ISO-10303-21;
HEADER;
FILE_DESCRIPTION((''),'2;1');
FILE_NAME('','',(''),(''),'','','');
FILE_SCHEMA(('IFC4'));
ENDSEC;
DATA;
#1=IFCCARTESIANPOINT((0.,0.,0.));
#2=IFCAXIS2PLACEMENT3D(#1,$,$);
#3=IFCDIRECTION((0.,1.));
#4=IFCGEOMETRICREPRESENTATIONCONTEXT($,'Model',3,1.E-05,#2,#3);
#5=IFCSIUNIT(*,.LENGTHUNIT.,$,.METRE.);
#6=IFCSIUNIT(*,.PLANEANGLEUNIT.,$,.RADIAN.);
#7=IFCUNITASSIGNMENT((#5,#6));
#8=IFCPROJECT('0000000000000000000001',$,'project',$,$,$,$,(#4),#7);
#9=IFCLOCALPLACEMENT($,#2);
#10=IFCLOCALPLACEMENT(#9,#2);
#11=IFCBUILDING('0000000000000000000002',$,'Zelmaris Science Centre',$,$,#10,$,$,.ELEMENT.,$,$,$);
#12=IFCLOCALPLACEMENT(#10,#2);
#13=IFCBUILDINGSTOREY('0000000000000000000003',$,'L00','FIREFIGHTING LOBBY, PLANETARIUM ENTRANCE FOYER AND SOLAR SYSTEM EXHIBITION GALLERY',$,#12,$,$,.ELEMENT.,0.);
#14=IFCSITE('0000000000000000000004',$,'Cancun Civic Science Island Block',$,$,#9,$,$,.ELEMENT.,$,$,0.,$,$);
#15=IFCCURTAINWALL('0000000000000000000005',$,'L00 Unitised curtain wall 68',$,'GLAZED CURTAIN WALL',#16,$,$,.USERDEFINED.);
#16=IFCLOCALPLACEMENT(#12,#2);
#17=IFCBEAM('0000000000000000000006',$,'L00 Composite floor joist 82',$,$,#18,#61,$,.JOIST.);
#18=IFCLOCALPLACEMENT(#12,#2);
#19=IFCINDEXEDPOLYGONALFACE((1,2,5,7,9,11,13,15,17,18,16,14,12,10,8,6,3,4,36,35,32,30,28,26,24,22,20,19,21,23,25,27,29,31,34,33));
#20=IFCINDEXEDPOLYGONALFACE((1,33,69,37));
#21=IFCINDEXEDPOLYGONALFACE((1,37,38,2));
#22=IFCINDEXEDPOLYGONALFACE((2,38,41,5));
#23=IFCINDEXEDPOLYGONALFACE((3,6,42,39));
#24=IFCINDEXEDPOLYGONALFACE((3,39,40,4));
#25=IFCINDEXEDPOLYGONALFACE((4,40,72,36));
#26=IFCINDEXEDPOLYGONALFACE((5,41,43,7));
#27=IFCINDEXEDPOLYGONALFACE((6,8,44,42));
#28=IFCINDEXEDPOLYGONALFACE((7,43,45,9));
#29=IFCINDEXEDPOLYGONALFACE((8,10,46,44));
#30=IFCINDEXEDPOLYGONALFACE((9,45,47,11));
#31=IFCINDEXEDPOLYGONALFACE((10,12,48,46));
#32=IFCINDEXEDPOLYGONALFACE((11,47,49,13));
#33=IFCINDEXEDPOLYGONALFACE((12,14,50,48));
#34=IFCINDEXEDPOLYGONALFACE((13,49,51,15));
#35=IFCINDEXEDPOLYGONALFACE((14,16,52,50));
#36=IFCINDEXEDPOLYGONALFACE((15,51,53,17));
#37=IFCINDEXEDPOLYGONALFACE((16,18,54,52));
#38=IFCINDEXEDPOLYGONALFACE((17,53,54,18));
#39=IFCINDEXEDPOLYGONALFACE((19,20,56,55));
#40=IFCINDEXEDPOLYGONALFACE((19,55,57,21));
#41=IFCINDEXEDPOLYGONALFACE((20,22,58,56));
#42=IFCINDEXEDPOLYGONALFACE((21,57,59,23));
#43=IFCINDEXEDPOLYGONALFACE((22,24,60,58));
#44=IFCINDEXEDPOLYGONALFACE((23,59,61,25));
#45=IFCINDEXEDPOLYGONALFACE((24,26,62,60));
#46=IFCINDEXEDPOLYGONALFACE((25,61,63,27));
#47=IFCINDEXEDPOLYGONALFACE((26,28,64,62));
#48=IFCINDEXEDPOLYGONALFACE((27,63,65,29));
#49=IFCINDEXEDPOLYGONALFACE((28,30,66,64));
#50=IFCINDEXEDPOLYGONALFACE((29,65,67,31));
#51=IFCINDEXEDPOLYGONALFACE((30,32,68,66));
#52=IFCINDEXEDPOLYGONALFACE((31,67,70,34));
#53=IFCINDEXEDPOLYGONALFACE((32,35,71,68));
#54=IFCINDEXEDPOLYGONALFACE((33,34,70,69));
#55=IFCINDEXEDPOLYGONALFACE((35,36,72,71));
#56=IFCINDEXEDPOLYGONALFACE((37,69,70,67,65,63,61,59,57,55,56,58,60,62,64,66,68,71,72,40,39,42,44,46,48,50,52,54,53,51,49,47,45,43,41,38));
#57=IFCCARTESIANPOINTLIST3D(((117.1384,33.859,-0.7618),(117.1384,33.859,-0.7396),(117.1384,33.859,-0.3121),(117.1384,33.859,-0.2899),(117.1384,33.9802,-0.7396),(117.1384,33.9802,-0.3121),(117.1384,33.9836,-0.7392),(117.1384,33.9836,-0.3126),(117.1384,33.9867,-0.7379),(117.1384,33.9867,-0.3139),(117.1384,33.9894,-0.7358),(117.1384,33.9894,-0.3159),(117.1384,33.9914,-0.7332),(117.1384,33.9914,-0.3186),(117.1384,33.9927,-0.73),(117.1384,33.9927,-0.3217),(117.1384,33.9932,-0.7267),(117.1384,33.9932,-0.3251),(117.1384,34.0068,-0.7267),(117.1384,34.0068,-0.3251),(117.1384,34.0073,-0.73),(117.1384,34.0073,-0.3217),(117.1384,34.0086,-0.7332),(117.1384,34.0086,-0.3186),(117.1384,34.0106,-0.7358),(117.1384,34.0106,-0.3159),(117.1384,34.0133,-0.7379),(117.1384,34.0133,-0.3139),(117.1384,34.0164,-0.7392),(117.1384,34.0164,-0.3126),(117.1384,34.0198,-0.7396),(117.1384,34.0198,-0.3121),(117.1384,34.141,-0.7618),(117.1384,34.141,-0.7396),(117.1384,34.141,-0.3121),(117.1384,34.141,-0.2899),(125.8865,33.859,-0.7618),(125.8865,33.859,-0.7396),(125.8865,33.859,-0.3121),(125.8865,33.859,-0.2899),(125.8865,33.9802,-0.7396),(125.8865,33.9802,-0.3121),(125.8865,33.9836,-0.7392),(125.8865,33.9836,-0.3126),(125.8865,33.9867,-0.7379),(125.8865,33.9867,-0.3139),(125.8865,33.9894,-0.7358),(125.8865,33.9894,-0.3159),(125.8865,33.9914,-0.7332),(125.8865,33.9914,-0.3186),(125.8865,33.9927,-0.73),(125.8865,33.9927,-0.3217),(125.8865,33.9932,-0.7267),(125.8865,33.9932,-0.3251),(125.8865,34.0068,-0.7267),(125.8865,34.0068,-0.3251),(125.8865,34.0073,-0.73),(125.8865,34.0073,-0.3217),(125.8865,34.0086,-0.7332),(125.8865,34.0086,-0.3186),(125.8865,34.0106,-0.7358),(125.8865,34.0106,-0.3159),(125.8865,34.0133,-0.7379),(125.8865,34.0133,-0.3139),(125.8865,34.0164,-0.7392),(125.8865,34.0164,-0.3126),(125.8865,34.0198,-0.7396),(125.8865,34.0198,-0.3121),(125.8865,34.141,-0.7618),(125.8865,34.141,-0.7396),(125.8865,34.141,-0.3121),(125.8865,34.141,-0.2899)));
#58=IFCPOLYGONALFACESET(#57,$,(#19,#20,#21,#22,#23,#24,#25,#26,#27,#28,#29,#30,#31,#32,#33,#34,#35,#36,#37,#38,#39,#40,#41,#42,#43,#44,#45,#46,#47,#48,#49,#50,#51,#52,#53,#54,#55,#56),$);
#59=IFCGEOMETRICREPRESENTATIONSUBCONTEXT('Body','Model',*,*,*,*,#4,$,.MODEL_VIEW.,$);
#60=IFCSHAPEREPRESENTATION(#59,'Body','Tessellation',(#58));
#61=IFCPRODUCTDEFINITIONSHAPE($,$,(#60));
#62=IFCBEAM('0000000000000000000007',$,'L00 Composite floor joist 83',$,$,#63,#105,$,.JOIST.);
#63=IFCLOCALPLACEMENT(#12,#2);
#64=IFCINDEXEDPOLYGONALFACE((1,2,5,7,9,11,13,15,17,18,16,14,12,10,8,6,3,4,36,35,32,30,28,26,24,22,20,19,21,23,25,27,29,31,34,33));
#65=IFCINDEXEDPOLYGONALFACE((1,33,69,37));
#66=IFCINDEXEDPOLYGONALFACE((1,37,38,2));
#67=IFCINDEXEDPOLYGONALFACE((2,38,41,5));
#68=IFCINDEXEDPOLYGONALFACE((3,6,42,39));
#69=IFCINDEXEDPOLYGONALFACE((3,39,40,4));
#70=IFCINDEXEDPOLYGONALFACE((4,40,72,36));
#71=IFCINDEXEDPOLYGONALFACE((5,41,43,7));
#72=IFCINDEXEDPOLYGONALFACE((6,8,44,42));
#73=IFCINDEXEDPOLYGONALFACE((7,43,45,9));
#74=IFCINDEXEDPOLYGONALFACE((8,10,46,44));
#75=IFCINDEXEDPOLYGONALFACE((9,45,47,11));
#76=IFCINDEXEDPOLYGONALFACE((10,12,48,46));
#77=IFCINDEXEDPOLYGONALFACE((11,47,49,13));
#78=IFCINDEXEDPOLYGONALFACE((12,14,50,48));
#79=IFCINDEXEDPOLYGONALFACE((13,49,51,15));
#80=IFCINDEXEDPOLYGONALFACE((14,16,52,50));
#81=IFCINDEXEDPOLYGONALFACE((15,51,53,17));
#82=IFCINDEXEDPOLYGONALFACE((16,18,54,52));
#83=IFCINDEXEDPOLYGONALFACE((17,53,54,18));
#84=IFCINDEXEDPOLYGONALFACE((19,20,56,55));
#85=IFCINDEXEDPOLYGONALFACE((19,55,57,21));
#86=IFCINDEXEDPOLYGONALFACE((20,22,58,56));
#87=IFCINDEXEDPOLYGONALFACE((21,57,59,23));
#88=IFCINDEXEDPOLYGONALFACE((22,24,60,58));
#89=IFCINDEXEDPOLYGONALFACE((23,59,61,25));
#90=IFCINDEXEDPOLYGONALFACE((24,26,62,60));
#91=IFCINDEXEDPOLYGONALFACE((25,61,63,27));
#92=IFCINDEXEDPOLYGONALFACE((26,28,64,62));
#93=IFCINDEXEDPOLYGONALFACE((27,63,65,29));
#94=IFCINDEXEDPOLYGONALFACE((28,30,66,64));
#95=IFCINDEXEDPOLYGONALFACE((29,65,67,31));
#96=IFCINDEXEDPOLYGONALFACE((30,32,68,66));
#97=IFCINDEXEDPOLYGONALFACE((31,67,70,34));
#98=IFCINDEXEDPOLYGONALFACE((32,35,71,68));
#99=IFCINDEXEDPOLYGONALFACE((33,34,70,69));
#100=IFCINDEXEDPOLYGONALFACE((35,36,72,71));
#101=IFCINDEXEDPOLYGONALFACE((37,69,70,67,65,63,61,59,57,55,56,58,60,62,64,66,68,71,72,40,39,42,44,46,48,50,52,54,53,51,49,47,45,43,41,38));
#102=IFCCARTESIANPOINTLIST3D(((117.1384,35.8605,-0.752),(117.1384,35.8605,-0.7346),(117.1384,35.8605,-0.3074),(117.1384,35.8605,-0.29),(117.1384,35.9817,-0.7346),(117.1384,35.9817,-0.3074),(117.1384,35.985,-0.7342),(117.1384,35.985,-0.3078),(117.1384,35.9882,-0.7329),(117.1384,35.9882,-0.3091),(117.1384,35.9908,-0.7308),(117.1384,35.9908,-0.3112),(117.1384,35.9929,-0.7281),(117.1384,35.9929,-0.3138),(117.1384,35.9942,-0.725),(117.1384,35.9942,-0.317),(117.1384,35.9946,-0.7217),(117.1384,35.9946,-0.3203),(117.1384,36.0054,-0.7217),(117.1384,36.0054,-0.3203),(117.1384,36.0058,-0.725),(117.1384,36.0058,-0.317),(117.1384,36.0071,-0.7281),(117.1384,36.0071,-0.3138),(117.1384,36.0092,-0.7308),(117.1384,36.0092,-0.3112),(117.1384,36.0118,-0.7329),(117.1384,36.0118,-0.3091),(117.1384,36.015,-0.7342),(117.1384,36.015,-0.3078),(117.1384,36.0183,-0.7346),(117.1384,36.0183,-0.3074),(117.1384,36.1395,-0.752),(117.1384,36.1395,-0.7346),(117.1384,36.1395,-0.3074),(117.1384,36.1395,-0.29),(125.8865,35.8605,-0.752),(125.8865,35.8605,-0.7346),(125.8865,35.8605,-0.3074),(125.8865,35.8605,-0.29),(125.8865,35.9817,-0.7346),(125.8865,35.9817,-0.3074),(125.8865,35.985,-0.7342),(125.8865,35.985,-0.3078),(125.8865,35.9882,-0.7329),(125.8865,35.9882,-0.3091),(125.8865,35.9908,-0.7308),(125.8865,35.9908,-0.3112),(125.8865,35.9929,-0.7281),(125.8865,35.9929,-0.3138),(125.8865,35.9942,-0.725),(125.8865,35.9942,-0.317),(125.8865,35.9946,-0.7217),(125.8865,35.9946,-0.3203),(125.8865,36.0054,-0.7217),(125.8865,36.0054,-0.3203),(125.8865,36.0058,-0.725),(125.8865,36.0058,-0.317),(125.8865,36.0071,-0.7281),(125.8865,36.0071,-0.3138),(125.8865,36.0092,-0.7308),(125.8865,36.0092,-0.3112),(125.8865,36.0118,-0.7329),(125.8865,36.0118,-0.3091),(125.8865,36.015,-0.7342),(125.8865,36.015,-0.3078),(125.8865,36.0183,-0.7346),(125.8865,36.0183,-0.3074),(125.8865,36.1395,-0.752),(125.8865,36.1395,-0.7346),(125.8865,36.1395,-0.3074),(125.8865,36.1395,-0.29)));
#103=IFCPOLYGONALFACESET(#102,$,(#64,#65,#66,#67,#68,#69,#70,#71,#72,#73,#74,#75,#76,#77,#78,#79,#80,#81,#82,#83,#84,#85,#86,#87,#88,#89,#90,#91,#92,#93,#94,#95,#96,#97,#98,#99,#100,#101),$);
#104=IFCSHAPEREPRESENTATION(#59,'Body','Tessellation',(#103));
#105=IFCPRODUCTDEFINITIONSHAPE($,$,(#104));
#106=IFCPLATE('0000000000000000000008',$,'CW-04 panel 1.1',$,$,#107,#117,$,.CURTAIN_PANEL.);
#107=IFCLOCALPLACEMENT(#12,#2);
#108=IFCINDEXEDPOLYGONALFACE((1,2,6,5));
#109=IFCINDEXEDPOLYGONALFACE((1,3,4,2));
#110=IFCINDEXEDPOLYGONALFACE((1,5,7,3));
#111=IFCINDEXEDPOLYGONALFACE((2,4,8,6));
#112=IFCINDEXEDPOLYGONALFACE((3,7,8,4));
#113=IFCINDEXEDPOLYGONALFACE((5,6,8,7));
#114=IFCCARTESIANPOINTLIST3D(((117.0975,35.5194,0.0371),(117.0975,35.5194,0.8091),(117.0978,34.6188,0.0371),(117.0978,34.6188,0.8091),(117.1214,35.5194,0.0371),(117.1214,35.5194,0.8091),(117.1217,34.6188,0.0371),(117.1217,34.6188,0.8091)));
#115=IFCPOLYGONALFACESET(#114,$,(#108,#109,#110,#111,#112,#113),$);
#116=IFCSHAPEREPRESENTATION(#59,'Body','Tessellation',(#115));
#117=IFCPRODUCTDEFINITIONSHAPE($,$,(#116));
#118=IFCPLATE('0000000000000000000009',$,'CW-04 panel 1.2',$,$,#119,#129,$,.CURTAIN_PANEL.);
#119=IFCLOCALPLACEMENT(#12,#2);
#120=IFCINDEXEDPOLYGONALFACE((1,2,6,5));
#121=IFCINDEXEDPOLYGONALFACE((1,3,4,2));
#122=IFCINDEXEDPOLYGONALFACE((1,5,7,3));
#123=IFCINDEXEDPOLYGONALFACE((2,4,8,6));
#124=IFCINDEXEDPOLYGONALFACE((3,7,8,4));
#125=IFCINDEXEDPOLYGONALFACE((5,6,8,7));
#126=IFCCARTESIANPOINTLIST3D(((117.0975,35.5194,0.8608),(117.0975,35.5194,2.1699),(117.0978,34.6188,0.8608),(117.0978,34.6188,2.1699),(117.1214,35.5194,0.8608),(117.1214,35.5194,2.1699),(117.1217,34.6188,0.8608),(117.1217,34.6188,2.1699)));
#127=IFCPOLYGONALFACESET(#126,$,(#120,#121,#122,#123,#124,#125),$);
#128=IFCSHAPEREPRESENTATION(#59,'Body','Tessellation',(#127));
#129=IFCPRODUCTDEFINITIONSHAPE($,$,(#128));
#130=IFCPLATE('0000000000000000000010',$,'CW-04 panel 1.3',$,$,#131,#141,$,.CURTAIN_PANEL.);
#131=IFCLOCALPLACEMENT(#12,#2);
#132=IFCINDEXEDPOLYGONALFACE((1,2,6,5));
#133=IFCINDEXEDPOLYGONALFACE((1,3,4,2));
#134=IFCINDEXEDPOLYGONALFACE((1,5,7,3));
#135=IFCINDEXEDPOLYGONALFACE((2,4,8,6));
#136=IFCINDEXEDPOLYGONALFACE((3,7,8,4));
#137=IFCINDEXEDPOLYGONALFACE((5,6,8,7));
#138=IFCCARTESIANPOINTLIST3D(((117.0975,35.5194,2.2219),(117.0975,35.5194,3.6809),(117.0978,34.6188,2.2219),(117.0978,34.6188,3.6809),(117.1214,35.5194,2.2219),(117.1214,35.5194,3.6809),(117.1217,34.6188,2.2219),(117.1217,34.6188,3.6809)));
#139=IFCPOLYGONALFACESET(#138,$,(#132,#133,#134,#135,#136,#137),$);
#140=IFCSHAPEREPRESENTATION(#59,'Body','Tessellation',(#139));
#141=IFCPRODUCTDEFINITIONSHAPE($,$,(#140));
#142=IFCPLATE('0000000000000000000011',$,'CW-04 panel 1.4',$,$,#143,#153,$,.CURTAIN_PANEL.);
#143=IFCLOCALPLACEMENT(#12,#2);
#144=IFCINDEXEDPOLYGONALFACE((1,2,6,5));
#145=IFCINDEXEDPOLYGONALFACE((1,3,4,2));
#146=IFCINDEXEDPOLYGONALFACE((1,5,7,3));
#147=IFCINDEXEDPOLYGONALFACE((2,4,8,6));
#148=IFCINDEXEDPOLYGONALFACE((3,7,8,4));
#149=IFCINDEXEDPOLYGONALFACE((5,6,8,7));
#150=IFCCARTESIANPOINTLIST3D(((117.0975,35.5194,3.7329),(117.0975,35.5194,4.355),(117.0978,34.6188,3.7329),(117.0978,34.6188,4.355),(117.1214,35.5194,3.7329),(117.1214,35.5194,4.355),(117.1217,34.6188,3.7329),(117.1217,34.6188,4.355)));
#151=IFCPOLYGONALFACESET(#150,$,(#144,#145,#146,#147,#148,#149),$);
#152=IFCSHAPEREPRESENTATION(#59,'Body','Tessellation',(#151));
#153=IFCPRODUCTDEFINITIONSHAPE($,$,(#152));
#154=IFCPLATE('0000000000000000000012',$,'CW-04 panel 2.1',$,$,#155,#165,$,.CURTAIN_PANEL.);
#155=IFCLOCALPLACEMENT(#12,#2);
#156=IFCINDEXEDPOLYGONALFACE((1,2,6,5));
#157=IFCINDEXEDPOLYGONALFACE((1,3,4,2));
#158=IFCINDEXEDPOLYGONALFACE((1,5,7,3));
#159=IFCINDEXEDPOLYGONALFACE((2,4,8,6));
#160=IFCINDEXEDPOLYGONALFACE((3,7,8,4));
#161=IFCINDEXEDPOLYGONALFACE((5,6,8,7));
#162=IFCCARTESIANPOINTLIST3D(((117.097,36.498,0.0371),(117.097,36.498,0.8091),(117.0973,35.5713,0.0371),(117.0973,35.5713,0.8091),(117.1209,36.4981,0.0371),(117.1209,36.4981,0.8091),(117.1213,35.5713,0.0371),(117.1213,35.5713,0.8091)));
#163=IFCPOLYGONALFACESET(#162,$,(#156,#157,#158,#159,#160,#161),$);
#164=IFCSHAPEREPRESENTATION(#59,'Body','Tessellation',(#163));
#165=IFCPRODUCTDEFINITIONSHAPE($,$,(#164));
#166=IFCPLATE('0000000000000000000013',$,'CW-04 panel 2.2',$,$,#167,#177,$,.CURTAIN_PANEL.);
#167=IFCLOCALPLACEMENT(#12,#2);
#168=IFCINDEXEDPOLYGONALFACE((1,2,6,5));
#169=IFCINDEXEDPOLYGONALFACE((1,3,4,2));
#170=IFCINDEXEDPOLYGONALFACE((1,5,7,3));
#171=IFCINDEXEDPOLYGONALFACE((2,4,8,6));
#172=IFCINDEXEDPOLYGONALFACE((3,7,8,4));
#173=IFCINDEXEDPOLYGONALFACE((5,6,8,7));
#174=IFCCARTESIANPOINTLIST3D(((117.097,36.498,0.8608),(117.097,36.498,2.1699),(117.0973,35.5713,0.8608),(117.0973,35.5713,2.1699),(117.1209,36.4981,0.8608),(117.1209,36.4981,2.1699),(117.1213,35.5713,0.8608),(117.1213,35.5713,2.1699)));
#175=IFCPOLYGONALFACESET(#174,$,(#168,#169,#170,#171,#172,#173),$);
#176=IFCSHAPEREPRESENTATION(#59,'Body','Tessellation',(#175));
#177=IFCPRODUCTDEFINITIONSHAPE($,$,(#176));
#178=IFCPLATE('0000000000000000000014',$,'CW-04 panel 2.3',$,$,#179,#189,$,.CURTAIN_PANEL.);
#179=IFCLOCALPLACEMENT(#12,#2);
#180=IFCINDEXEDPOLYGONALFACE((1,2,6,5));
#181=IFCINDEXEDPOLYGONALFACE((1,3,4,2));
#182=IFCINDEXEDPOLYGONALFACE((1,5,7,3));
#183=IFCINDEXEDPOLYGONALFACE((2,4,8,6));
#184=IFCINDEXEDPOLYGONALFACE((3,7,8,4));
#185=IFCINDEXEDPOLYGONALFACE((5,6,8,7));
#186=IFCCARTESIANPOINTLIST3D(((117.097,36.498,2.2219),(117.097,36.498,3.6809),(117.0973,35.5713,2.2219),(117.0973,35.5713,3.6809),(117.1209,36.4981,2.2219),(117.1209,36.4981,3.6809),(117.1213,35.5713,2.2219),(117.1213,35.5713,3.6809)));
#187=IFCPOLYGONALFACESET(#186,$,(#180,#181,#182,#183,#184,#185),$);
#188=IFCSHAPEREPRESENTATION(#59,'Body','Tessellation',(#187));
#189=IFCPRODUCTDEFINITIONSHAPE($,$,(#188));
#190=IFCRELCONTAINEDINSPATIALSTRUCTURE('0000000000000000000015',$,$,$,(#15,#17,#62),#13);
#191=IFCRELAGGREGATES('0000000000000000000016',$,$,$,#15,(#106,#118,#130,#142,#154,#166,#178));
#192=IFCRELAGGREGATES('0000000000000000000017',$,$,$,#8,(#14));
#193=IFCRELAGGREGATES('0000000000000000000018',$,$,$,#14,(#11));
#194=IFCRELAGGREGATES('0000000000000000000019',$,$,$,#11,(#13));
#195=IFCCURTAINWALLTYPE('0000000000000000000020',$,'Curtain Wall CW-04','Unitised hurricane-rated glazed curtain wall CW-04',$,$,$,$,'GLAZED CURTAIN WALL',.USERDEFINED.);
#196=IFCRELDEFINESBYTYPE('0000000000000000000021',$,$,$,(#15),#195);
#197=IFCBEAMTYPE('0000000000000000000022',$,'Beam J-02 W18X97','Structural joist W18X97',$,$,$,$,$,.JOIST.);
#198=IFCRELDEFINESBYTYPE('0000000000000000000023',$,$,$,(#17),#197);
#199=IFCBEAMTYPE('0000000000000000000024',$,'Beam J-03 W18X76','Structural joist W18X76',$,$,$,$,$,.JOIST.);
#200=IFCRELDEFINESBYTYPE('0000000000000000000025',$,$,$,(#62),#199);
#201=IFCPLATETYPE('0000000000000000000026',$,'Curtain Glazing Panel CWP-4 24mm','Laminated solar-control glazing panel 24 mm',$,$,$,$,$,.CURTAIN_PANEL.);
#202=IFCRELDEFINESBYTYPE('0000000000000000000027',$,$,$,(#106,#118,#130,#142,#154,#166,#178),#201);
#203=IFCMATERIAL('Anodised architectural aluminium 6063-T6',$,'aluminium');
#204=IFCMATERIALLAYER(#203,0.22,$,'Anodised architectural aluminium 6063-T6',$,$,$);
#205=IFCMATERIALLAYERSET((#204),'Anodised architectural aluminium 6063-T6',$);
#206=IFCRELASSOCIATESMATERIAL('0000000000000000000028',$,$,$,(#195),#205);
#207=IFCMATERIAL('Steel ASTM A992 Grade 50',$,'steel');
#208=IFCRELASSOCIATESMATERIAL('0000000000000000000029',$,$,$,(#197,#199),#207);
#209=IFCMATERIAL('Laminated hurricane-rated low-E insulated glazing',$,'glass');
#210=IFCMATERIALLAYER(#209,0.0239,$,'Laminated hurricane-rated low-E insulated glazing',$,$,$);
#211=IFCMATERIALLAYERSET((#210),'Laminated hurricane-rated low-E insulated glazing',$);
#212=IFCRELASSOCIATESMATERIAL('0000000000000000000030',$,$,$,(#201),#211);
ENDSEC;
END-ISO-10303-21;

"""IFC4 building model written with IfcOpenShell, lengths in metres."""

from ifc_helpers import new_model, si_unit, direction, frame, origin, origin_2d, place, context, subcontext, project, spatial, rectangle, i_section, extrude, material, layer, layer_set, material_profile, profile_set, type_object, element, aggregate, save


model = new_model("IFC4")

# Units and contexts
model_context = context("Model", 3, precision=1e-05, world=origin(), true_north=direction((0.0, 1.0)))
body_context = subcontext(model_context, "Body", "Model", "MODEL_VIEW")
ifc_project = project(units=[si_unit("LENGTHUNIT", "METRE"), si_unit("PLANEANGLEUNIT", "RADIAN")], contexts=[model_context])

# Site, building, storey
site_placement = place(None, origin())
site = spatial("IfcSite", under=ifc_project, at=site_placement, Name="Cancun Civic Science Island Block", CompositionType="ELEMENT", RefElevation=0.0)
building_placement = place(site_placement, origin())
building = spatial("IfcBuilding", under=site, at=building_placement, Name="Zelmaris Science Centre", CompositionType="ELEMENT")
storey_placement = place(building_placement, origin())
storey = spatial("IfcBuildingStorey", under=building, at=storey_placement, Name="L00", Description="FIREFIGHTING LOBBY, PLANETARIUM ENTRANCE FOYER AND SOLAR SYSTEM EXHIBITION GALLERY", CompositionType="ELEMENT", Elevation=0.0)

# Curtain wall
ifc_material_1 = material(Name="Anodised architectural aluminium 6063-T6", Category="aluminium")
ifc_layer_1 = layer(ifc_material_1, 0.22, Name="Anodised architectural aluminium 6063-T6")
ifc_layer_set_1 = layer_set([ifc_layer_1], Name="Anodised architectural aluminium 6063-T6")
curtain_wall_type = type_object("IfcCurtainWallType", Name="Curtain Wall CW-04", Description="Unitised hurricane-rated glazed curtain wall CW-04", ElementType="GLAZED CURTAIN WALL", PredefinedType="USERDEFINED", material=ifc_layer_set_1)
curtain_wall_placement = place(storey_placement, origin())
curtain_wall = element("IfcCurtainWall", 1, at=curtain_wall_placement, inside=storey, type_object=curtain_wall_type, Name="L00 Unitised curtain wall 68", ObjectType="GLAZED CURTAIN WALL", PredefinedType="USERDEFINED")

# Beams
ifc_material_2 = material(Name="Steel ASTM A992 Grade 50", Category="steel")
ifc_material_profile_1 = material_profile(ifc_material_2, i_section(OverallWidth=0.282, OverallDepth=0.4719, WebThickness=0.0137, FlangeThickness=0.0222, FilletRadius=0.0129, at=origin_2d()), Name="W18X97")
ifc_profile_set_1 = profile_set([ifc_material_profile_1], Name="Steel ASTM A992 Grade 50")
beam_type_1 = type_object("IfcBeamType", Name="Beam J-02 W18X97", Description="Structural joist W18X97", PredefinedType="JOIST", material=ifc_profile_set_1)
beam_1_placement = place(storey_placement, frame((117.1384, 34.0, -0.5259), z_axis=(1.0, 0.0, 0.0), x_axis=(0.0, 1.0, 0.0)))
element("IfcBeam", 2, at=beam_1_placement, inside=storey, type_object=beam_type_1, Name="L00 Composite floor joist 82", PredefinedType="JOIST", context=body_context, shape_type="SweptSolid", body=[
    extrude(i_section(OverallWidth=0.282, OverallDepth=0.4719, WebThickness=0.0137, FlangeThickness=0.0222, FilletRadius=0.0129, at=origin_2d()), origin(), (0.0, 0.0, 1.0), 8.748),
])
ifc_material_profile_2 = material_profile(ifc_material_2, i_section(OverallWidth=0.2791, OverallDepth=0.4619, WebThickness=0.0107, FlangeThickness=0.0173, FilletRadius=0.0129, at=origin_2d()), Name="W18X76")
ifc_profile_set_2 = profile_set([ifc_material_profile_2], Name="Steel ASTM A992 Grade 50")
beam_type_2 = type_object("IfcBeamType", Name="Beam J-03 W18X76", Description="Structural joist W18X76", PredefinedType="JOIST", material=ifc_profile_set_2)
beam_2_placement = place(storey_placement, frame((117.1384, 36.0, -0.521), z_axis=(1.0, 0.0, 0.0), x_axis=(0.0, 1.0, 0.0)))
element("IfcBeam", 3, at=beam_2_placement, inside=storey, type_object=beam_type_2, Name="L00 Composite floor joist 83", PredefinedType="JOIST", context=body_context, shape_type="SweptSolid", body=[
    extrude(i_section(OverallWidth=0.2791, OverallDepth=0.4619, WebThickness=0.0107, FlangeThickness=0.0173, FilletRadius=0.0129, at=origin_2d()), origin(), (0.0, 0.0, 1.0), 8.748),
])

# Plates
ifc_material_3 = material(Name="Laminated hurricane-rated low-E insulated glazing", Category="glass")
ifc_layer_2 = layer(ifc_material_3, 0.0239, Name="Laminated hurricane-rated low-E insulated glazing")
ifc_layer_set_2 = layer_set([ifc_layer_2], Name="Laminated hurricane-rated low-E insulated glazing")
plate_type = type_object("IfcPlateType", Name="Curtain Glazing Panel CWP-4 24mm", Description="Laminated solar-control glazing panel 24 mm", PredefinedType="CURTAIN_PANEL", material=ifc_layer_set_2)
plate_1_placement = place(storey_placement, frame((117.1096, 35.0691, 0.0371), z_axis=(0.0, 0.0, 1.0), x_axis=(-0.000347, 1.0, 0.0)))
plate_1 = element("IfcPlate", 4, at=plate_1_placement, type_object=plate_type, Name="CW-04 panel 1.1", PredefinedType="CURTAIN_PANEL", context=body_context, shape_type="SweptSolid", body=[
    extrude(rectangle(XDim=0.9006, YDim=0.0239, at=origin_2d()), origin(), (0.0, 0.0, 1.0), 0.772),
])
plate_2_placement = place(storey_placement, frame((117.1096, 35.0691, 0.8608), z_axis=(0.0, 0.0, 1.0), x_axis=(-0.000347, 1.0, 0.0)))
plate_2 = element("IfcPlate", 5, at=plate_2_placement, type_object=plate_type, Name="CW-04 panel 1.2", PredefinedType="CURTAIN_PANEL", context=body_context, shape_type="SweptSolid", body=[
    extrude(rectangle(XDim=0.9006, YDim=0.0239, at=origin_2d()), origin(), (0.0, 0.0, 1.0), 1.3091),
])
plate_3_placement = place(storey_placement, frame((117.1096, 35.0691, 2.2219), z_axis=(0.0, 0.0, 1.0), x_axis=(-0.000347, 1.0, 0.0)))
plate_3 = element("IfcPlate", 6, at=plate_3_placement, type_object=plate_type, Name="CW-04 panel 1.3", PredefinedType="CURTAIN_PANEL", context=body_context, shape_type="SweptSolid", body=[
    extrude(rectangle(XDim=0.9006, YDim=0.0239, at=origin_2d()), origin(), (0.0, 0.0, 1.0), 1.459),
])
plate_4_placement = place(storey_placement, frame((117.1096, 35.0691, 3.7329), z_axis=(0.0, 0.0, 1.0), x_axis=(-0.000347, 1.0, 0.0)))
plate_4 = element("IfcPlate", 7, at=plate_4_placement, type_object=plate_type, Name="CW-04 panel 1.4", PredefinedType="CURTAIN_PANEL", context=body_context, shape_type="SweptSolid", body=[
    extrude(rectangle(XDim=0.9006, YDim=0.0239, at=origin_2d()), origin(), (0.0, 0.0, 1.0), 0.6221),
])
plate_5_placement = place(storey_placement, frame((117.1091, 36.0347, 0.0371), z_axis=(0.0, 0.0, 1.0), x_axis=(-0.000347, 1.0, 0.0)))
plate_5 = element("IfcPlate", 8, at=plate_5_placement, type_object=plate_type, Name="CW-04 panel 2.1", PredefinedType="CURTAIN_PANEL", context=body_context, shape_type="SweptSolid", body=[
    extrude(rectangle(XDim=0.9268, YDim=0.0239, at=origin_2d()), origin(), (0.0, 0.0, 1.0), 0.772),
])
plate_6_placement = place(storey_placement, frame((117.1091, 36.0347, 0.8608), z_axis=(0.0, 0.0, 1.0), x_axis=(-0.000347, 1.0, 0.0)))
plate_6 = element("IfcPlate", 9, at=plate_6_placement, type_object=plate_type, Name="CW-04 panel 2.2", PredefinedType="CURTAIN_PANEL", context=body_context, shape_type="SweptSolid", body=[
    extrude(rectangle(XDim=0.9268, YDim=0.0239, at=origin_2d()), origin(), (0.0, 0.0, 1.0), 1.3091),
])
plate_7_placement = place(storey_placement, frame((117.1091, 36.0347, 2.2219), z_axis=(0.0, 0.0, 1.0), x_axis=(-0.000347, 1.0, 0.0)))
plate_7 = element("IfcPlate", 10, at=plate_7_placement, type_object=plate_type, Name="CW-04 panel 2.3", PredefinedType="CURTAIN_PANEL", context=body_context, shape_type="SweptSolid", body=[
    extrude(rectangle(XDim=0.9268, YDim=0.0239, at=origin_2d()), origin(), (0.0, 0.0, 1.0), 1.459),
])
aggregate(curtain_wall, [plate_1, plate_2, plate_3, plate_4, plate_5, plate_6, plate_7])

save(model, "model.ifc")
